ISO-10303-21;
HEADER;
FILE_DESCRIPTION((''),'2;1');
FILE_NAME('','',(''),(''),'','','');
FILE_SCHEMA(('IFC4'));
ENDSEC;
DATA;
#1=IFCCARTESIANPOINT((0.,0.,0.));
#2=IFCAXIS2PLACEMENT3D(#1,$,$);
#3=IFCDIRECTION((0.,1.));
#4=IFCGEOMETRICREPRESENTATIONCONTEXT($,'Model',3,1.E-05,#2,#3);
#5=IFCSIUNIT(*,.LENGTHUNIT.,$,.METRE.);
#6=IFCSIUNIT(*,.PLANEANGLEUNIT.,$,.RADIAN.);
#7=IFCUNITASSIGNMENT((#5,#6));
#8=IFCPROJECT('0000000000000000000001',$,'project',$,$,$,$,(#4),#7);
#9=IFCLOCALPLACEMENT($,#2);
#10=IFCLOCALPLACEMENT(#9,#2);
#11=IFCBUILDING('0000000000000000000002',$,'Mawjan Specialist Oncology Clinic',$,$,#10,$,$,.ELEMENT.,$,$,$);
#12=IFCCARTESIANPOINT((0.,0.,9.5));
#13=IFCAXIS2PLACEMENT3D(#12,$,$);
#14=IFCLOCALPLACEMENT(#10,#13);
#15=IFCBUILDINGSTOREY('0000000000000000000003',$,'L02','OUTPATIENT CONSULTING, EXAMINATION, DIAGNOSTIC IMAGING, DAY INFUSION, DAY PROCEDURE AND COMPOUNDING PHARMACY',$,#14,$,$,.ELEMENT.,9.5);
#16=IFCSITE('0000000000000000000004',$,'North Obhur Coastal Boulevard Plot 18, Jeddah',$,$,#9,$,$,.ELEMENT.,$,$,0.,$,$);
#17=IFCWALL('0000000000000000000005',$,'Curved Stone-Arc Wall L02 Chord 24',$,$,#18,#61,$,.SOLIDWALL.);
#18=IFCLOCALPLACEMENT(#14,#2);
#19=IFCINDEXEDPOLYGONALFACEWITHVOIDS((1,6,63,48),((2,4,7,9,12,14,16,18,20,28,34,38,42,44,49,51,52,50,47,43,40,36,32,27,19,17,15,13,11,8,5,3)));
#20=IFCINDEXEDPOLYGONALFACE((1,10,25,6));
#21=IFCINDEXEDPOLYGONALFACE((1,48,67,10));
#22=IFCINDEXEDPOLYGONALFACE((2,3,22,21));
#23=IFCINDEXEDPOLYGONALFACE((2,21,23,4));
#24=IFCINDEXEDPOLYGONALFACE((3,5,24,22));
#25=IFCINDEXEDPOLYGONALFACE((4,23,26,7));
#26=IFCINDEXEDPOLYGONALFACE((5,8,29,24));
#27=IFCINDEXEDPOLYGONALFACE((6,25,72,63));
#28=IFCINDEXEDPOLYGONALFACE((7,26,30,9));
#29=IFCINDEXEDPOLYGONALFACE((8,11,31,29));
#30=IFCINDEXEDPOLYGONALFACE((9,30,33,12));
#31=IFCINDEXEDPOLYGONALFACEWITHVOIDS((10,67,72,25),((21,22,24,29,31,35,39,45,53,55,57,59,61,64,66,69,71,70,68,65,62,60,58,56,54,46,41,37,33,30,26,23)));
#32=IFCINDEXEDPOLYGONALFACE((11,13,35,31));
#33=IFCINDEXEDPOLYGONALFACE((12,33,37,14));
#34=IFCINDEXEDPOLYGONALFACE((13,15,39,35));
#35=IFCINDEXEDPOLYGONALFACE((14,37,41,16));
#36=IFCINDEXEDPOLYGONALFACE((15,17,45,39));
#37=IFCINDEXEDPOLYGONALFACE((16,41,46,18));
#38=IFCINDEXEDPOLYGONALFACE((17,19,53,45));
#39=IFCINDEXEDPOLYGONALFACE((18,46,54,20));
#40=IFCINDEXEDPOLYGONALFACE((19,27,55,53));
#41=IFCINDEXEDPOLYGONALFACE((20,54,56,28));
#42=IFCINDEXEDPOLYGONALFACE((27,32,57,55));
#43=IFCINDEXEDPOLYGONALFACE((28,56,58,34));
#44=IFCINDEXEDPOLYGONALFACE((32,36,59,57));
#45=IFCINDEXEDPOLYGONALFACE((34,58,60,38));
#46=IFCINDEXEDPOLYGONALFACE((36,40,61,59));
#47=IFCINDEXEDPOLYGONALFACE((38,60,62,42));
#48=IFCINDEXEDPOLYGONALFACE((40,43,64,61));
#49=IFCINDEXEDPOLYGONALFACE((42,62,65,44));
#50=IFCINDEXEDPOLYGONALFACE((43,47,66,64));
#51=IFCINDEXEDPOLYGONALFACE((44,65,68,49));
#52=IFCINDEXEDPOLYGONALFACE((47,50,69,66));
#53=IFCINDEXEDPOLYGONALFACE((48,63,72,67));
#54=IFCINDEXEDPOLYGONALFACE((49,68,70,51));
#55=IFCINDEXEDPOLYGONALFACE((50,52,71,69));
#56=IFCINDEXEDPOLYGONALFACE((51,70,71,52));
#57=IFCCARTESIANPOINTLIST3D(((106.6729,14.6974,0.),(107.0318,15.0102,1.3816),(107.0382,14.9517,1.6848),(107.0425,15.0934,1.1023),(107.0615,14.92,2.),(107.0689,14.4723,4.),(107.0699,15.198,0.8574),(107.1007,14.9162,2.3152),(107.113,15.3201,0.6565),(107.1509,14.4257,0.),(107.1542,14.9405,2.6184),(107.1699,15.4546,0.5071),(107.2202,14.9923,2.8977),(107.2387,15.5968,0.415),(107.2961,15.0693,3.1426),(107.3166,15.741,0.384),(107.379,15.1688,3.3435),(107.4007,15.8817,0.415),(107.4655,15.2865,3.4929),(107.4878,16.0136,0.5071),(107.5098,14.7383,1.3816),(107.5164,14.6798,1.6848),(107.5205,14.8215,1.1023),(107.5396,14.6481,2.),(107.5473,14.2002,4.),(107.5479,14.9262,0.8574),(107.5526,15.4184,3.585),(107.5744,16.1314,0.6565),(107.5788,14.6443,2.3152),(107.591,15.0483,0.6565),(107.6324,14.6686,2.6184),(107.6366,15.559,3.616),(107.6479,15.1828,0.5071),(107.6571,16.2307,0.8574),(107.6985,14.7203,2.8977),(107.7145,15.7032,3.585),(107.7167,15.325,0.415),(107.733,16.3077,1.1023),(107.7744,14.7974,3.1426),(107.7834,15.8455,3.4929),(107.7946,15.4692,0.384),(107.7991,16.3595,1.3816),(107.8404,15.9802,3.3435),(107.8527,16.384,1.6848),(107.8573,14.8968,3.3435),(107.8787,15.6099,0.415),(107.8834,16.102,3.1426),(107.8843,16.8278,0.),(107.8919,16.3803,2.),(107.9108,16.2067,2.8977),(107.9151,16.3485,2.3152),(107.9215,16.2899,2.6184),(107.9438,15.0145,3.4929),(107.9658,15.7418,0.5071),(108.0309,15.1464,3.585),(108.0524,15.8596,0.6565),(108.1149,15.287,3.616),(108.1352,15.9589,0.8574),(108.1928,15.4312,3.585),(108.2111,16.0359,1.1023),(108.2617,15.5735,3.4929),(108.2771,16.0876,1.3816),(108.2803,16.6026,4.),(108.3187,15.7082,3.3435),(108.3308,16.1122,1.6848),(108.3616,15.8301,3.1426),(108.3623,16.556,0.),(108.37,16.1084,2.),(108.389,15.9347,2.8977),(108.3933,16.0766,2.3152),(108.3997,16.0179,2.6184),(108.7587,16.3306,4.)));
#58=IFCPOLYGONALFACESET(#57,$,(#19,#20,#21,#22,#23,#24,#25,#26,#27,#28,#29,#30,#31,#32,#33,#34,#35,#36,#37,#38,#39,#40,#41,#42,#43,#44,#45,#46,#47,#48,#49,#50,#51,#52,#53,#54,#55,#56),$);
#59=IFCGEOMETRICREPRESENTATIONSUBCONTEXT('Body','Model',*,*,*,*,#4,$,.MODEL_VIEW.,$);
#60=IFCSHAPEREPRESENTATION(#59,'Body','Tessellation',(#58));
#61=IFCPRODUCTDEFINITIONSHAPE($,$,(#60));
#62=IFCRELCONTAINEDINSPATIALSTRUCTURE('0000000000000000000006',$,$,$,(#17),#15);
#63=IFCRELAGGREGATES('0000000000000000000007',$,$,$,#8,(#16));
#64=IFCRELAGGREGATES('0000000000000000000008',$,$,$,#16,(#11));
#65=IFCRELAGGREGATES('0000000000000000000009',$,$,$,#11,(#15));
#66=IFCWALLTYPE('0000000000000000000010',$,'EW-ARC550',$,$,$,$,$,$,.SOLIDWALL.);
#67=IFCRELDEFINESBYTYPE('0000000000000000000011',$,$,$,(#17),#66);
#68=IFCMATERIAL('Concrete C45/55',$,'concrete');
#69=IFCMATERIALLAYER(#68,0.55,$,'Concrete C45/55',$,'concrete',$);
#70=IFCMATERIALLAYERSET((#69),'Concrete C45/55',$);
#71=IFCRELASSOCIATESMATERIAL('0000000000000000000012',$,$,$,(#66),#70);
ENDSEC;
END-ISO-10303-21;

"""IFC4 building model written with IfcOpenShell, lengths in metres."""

from ifc_helpers import new_model, si_unit, direction, frame, origin, place, context, subcontext, project, spatial, polyline, outline, extrude, material, layer, layer_set, type_object, element, save


model = new_model("IFC4")

# Units and contexts
model_context = context("Model", 3, precision=1e-05, world=origin(), true_north=direction((0.0, 1.0)))
body_context = subcontext(model_context, "Body", "Model", "MODEL_VIEW")
ifc_project = project(units=[si_unit("LENGTHUNIT", "METRE"), si_unit("PLANEANGLEUNIT", "RADIAN")], contexts=[model_context])

# Site, building, storey
site_placement = place(None, origin())
site = spatial("IfcSite", under=ifc_project, at=site_placement, Name="North Obhur Coastal Boulevard Plot 18, Jeddah", CompositionType="ELEMENT", RefElevation=0.0)
building_placement = place(site_placement, origin())
building = spatial("IfcBuilding", under=site, at=building_placement, Name="Mawjan Specialist Oncology Clinic", CompositionType="ELEMENT")
storey_placement = place(building_placement, frame((0.0, 0.0, 9.5)))
storey = spatial("IfcBuildingStorey", under=building, at=storey_placement, Name="L02", Description="OUTPATIENT CONSULTING, EXAMINATION, DIAGNOSTIC IMAGING, DAY INFUSION, DAY PROCEDURE AND COMPOUNDING PHARMACY", CompositionType="ELEMENT", Elevation=9.5)

# Wall, opening
ifc_material_1 = material(Name="Concrete C45/55", Category="concrete")
ifc_layer_1 = layer(ifc_material_1, 0.55, Name="Concrete C45/55", Category="concrete")
ifc_layer_set_1 = layer_set([ifc_layer_1], Name="Concrete C45/55")
wall_type_1 = type_object("IfcWallType", Name="EW-ARC550", PredefinedType="SOLIDWALL", material=ifc_layer_set_1)
wall_1_placement = place(storey_placement, frame((108.1233, 16.6919, 0.0), z_axis=(0.0, 0.0, 1.0), x_axis=(-0.494314, -0.869283, 0.0)))
wall_1 = element("IfcWall", 1, at=wall_1_placement, inside=storey, type_object=wall_type_1, Name="Curved Stone-Arc Wall L02 Chord 24", PredefinedType="SOLIDWALL", context=body_context, shape_type="SweptSolid", body=[
    extrude(outline(polyline([(-0.2749, 0.0), (0.2749, 0.0), (0.731, 4.0), (0.1807, 4.0), (-0.2749, 0.0)])), frame((0.0, 0.0, 0.0), z_axis=(1.0, 0.0, 0.0), x_axis=(0.0, 1.0, 0.0)), (0.0, 0.0, 1.0), 2.4507),
])
opening_1_placement = place(wall_1_placement, origin())
element("IfcOpeningElement", 2, at=opening_1_placement, cuts=wall_1, PredefinedType="OPENING", context=body_context, shape_type="SweptSolid", body=[
    extrude(outline(polyline([(2.0652, 2.0), (2.0491, 2.3152), (2.0015, 2.6184), (1.9238, 2.8977), (1.8193, 3.1426), (1.6919, 3.3435), (1.5469, 3.4929), (1.3892, 3.585), (1.2253, 3.616), (1.0615, 3.585), (0.9038, 3.4929), (0.7585, 3.3435), (0.6313, 3.1426), (0.5269, 2.8977), (0.4492, 2.6184), (0.4014, 2.3152), (0.3853, 2.0), (0.4014, 1.6848), (0.4492, 1.3816), (0.5269, 1.1023), (0.6313, 0.8574), (0.7585, 0.6565), (0.9038, 0.5071), (1.0615, 0.415), (1.2253, 0.384), (1.3892, 0.415), (1.5469, 0.5071), (1.6919, 0.6565), (1.8193, 0.8574), (1.9238, 1.1023), (2.0015, 1.3816), (2.0491, 1.6848), (2.0652, 2.0)])), frame((0.0, 0.7507, 0.0), z_axis=(0.0, -1.0, 0.0), x_axis=(1.0, 0.0, 0.0)), (0.0, 0.0, 1.0), 1.0459),
])

save(model, "model.ifc")
